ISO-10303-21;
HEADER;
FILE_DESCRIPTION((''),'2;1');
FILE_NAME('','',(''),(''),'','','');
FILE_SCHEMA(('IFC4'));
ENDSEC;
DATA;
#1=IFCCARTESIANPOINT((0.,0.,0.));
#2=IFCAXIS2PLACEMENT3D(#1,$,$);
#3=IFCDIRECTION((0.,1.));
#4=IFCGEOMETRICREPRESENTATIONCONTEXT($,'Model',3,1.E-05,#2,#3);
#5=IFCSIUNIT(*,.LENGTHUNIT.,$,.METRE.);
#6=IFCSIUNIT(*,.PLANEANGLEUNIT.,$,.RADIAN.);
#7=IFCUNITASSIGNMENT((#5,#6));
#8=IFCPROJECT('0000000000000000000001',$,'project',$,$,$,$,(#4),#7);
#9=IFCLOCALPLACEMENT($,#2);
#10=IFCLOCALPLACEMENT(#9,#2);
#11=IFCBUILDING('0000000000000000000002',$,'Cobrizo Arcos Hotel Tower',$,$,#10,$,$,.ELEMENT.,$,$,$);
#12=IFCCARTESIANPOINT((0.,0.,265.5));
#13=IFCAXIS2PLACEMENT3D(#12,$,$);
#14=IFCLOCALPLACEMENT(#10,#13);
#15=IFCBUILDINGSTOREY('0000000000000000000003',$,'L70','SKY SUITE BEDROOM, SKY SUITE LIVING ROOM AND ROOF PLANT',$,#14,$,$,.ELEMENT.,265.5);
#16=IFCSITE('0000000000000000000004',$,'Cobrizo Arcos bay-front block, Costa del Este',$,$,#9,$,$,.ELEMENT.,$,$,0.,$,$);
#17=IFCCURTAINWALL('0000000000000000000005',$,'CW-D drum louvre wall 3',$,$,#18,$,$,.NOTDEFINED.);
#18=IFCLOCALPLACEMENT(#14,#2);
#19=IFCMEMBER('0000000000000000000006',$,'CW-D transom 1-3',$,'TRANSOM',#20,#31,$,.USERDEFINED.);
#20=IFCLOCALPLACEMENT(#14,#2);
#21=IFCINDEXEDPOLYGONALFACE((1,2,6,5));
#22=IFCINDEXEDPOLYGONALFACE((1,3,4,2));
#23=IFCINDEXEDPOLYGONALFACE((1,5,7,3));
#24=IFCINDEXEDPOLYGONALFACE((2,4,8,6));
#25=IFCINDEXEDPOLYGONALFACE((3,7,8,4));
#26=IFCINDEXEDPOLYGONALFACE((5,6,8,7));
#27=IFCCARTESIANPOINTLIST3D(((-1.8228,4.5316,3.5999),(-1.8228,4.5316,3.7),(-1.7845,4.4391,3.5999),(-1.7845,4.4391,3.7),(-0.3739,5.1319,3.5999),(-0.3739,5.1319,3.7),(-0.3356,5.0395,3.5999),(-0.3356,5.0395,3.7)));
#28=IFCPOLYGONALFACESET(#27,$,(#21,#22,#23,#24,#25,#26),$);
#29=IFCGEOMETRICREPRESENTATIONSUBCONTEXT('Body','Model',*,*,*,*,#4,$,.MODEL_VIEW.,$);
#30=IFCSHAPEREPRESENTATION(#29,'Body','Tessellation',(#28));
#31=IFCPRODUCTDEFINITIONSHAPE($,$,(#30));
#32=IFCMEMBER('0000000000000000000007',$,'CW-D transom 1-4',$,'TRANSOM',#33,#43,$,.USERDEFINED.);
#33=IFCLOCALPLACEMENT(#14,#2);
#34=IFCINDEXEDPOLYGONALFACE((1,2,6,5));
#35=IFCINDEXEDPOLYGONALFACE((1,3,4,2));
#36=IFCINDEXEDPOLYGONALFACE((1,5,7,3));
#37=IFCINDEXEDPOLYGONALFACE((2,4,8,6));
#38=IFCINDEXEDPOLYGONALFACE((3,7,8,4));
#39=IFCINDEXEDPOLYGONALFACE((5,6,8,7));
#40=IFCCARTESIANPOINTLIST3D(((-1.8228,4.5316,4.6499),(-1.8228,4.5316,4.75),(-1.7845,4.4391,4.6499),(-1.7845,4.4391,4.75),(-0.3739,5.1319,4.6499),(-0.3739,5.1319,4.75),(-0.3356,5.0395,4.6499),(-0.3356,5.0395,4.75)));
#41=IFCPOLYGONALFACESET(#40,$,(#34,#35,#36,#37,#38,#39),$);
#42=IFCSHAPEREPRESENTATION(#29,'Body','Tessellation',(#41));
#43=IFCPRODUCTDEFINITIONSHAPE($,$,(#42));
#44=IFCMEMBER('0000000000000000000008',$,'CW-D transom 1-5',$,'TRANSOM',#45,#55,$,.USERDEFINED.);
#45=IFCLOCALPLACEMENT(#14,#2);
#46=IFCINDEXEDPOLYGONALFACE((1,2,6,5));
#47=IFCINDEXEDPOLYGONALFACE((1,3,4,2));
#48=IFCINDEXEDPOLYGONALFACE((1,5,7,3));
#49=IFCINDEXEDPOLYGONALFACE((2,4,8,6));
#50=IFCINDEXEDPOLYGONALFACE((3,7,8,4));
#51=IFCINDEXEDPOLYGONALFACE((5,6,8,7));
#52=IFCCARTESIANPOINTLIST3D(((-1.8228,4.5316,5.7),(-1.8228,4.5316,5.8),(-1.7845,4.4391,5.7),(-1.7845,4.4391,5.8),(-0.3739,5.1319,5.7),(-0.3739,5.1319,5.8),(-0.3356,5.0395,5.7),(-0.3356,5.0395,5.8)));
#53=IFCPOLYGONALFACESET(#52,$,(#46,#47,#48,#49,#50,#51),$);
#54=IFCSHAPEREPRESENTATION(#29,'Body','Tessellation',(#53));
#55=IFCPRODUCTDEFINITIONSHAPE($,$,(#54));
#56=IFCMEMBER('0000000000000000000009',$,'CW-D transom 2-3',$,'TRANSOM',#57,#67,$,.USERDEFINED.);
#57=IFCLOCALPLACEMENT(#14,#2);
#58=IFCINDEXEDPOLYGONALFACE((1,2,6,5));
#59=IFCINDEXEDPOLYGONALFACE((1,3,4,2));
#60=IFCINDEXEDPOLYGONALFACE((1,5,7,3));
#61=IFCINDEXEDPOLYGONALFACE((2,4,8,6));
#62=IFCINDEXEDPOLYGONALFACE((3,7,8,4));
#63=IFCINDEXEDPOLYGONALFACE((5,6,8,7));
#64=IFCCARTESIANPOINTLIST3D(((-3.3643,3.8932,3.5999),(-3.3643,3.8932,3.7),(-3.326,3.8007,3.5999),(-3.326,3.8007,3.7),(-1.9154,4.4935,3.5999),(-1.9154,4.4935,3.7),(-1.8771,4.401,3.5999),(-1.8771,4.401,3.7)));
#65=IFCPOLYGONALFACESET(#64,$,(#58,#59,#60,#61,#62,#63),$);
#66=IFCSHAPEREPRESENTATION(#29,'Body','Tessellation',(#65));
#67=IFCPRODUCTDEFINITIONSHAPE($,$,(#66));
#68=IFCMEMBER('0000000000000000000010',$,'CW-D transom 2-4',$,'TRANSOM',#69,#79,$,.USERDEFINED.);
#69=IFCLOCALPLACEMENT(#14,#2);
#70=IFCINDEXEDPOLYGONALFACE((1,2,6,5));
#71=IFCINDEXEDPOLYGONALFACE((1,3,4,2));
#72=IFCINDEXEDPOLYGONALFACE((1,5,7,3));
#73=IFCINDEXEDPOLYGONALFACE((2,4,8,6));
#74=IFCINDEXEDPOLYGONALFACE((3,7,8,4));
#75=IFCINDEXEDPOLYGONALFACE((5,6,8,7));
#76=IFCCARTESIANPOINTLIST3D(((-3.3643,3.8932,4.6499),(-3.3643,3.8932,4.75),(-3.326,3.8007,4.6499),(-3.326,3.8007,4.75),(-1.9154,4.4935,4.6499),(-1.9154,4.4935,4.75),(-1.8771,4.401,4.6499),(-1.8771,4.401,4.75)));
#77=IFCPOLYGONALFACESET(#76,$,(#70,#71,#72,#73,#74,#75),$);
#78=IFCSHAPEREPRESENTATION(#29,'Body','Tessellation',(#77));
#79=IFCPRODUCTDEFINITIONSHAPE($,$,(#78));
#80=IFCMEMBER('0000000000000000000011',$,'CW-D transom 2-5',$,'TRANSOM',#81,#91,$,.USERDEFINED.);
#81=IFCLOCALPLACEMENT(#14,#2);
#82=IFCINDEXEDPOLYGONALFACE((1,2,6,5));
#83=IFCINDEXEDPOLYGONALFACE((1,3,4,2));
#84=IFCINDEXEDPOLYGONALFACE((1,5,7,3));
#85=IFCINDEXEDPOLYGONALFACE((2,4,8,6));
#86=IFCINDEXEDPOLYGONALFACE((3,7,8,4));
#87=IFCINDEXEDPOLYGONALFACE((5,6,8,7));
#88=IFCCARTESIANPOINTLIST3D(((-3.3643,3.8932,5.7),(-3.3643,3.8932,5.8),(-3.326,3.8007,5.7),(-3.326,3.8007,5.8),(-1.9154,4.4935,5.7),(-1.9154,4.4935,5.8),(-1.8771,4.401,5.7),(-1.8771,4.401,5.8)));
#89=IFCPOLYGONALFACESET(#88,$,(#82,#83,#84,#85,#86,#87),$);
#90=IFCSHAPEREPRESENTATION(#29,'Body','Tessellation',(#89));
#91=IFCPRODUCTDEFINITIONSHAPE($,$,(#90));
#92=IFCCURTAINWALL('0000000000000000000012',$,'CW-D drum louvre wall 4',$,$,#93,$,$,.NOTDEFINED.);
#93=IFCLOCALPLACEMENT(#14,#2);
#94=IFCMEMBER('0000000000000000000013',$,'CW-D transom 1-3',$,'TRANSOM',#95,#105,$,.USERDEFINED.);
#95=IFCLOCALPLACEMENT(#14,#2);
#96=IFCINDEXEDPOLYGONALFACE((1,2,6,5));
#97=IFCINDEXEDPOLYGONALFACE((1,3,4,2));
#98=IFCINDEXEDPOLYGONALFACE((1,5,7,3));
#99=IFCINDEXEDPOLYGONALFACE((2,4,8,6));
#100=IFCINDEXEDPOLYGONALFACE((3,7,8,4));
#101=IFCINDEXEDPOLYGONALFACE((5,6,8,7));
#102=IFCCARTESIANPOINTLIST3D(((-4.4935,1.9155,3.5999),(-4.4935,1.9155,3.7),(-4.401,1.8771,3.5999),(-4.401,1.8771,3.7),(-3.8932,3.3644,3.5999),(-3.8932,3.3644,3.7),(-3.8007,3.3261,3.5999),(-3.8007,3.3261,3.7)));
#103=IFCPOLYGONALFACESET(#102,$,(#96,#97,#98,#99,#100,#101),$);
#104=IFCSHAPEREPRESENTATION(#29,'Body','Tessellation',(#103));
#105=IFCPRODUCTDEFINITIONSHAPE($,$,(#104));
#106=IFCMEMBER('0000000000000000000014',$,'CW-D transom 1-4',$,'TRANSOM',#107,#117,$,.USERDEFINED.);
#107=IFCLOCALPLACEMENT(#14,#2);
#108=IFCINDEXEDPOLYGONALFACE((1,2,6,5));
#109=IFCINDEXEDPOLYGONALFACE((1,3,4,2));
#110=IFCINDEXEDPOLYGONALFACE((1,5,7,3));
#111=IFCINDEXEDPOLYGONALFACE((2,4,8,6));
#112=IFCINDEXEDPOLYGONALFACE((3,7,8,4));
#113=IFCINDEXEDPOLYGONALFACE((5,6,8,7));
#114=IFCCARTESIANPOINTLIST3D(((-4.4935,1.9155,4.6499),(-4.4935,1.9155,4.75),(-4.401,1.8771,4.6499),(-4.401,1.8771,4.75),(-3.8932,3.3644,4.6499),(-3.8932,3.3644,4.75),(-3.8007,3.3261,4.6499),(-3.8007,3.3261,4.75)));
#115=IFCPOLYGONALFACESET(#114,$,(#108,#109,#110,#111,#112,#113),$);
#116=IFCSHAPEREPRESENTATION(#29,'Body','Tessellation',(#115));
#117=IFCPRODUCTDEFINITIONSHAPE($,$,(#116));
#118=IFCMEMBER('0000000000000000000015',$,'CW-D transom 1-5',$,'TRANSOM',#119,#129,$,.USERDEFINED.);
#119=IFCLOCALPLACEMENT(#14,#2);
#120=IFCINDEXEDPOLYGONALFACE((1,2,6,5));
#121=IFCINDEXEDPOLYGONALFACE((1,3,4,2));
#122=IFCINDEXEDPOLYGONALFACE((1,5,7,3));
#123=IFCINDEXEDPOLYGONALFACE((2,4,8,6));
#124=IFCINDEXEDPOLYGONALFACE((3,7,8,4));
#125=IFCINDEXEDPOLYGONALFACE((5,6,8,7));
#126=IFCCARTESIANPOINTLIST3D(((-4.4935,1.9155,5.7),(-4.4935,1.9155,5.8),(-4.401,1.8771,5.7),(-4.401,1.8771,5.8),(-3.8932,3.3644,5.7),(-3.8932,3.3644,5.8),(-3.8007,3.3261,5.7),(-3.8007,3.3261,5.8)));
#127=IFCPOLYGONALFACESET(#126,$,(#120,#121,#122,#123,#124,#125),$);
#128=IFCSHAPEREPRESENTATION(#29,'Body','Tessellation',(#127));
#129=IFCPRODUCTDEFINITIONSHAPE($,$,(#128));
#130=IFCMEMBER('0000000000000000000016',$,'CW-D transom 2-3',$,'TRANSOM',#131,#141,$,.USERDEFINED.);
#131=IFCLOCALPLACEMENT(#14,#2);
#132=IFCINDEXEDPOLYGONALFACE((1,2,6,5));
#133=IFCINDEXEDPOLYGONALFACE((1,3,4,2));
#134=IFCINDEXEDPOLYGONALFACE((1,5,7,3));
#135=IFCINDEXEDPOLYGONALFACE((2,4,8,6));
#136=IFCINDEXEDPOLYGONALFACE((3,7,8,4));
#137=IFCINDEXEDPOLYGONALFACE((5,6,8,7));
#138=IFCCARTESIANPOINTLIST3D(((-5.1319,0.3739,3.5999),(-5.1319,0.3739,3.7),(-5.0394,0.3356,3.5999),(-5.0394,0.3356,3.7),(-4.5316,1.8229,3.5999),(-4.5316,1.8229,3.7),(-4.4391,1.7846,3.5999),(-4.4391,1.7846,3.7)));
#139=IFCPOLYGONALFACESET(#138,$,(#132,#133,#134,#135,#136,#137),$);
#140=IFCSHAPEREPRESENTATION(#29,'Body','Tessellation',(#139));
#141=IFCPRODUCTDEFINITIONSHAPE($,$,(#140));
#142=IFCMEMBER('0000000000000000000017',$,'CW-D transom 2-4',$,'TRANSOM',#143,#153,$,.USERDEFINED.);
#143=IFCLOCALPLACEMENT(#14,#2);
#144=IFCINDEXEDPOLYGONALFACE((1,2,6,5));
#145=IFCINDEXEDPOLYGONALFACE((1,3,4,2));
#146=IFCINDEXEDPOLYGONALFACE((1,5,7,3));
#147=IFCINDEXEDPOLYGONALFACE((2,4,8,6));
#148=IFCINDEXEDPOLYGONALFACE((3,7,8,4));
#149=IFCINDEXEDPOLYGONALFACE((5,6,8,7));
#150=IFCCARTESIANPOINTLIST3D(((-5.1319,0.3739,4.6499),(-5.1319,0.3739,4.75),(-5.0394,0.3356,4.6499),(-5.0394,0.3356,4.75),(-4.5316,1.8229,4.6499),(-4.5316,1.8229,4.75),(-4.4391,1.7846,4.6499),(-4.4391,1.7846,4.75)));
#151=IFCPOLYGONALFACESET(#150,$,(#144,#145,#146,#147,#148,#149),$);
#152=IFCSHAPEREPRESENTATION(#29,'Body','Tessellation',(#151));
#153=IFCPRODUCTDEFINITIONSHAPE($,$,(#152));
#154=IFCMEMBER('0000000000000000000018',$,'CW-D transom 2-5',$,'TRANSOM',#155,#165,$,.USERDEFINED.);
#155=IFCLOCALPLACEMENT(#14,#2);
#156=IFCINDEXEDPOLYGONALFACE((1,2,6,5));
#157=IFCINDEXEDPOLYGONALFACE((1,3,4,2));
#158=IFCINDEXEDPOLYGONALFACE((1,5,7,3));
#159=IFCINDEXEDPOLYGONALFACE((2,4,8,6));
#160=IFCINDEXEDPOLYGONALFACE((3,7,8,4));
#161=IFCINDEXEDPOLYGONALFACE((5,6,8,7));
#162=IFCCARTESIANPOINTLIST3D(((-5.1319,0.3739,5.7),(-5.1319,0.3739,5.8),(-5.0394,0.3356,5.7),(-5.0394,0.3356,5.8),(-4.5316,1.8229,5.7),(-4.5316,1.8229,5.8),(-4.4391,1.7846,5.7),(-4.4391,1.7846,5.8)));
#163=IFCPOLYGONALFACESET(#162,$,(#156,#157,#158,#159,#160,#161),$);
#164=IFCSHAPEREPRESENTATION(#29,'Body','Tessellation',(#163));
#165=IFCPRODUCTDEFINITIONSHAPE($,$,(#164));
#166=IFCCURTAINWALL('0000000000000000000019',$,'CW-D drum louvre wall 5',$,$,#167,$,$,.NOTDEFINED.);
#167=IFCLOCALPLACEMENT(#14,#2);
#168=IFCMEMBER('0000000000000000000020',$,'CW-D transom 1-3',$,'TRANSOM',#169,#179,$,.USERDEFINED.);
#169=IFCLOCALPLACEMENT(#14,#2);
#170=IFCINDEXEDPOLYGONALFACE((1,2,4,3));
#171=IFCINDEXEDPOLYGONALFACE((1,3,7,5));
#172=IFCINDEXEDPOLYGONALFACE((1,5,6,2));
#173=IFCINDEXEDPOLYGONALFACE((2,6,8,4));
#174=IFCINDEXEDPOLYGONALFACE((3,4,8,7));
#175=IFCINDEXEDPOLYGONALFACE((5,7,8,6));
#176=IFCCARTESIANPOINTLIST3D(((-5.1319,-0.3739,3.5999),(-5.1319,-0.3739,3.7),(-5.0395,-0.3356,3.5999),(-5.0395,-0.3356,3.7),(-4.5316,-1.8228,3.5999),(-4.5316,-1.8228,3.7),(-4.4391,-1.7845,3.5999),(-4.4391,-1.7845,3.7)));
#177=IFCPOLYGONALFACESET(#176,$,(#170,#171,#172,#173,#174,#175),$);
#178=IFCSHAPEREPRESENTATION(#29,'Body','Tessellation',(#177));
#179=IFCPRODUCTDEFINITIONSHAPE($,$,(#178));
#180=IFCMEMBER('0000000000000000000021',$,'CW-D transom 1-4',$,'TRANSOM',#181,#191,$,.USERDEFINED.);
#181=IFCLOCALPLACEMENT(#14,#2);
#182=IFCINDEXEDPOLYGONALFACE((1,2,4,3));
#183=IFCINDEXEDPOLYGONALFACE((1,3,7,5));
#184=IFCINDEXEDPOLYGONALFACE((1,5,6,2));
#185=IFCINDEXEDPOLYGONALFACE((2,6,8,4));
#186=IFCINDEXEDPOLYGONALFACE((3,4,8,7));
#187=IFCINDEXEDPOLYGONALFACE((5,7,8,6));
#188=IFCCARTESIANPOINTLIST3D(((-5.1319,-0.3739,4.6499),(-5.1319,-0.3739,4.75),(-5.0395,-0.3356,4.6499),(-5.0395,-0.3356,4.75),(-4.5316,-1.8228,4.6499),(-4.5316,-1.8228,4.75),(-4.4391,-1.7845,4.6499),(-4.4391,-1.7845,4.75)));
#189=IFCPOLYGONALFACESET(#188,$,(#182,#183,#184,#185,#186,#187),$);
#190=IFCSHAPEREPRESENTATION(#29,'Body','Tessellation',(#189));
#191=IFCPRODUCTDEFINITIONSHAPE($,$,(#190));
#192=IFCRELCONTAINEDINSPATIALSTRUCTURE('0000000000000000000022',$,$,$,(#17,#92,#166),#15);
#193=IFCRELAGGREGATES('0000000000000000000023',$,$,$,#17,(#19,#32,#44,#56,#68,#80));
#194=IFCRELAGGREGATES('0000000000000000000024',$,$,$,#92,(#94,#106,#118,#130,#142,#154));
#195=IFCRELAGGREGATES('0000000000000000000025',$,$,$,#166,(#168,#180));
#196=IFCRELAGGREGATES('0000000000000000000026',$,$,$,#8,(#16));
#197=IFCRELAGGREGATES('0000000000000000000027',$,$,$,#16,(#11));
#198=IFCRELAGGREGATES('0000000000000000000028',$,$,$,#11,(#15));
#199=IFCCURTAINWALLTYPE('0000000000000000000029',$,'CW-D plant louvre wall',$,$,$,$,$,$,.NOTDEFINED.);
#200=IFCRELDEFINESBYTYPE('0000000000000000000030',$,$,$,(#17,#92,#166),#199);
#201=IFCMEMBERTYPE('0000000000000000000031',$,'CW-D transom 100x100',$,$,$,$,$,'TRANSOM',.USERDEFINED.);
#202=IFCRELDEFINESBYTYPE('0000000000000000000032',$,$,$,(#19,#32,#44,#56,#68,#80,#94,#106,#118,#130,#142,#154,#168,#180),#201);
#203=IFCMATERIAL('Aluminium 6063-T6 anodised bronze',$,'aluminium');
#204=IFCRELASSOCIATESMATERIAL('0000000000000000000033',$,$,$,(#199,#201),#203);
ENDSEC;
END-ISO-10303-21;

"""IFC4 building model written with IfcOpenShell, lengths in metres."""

from ifc_helpers import new_model, si_unit, direction, frame, origin, origin_2d, place, context, subcontext, project, spatial, rectangle, extrude, material, material_profile, profile_set, type_object, element, aggregate, save


model = new_model("IFC4")

# Units and contexts
model_context = context("Model", 3, precision=1e-05, world=origin(), true_north=direction((0.0, 1.0)))
body_context = subcontext(model_context, "Body", "Model", "MODEL_VIEW")
ifc_project = project(units=[si_unit("LENGTHUNIT", "METRE"), si_unit("PLANEANGLEUNIT", "RADIAN")], contexts=[model_context])

# Site, building, storey
site_placement = place(None, origin())
site = spatial("IfcSite", under=ifc_project, at=site_placement, Name="Cobrizo Arcos bay-front block, Costa del Este", CompositionType="ELEMENT", RefElevation=0.0)
building_placement = place(site_placement, origin())
building = spatial("IfcBuilding", under=site, at=building_placement, Name="Cobrizo Arcos Hotel Tower", CompositionType="ELEMENT")
storey_placement = place(building_placement, frame((0.0, 0.0, 265.5)))
storey = spatial("IfcBuildingStorey", under=building, at=storey_placement, Name="L70", Description="SKY SUITE BEDROOM, SKY SUITE LIVING ROOM AND ROOF PLANT", CompositionType="ELEMENT", Elevation=265.5)

# Curtain walls, members
ifc_material_1 = material(Name="Aluminium 6063-T6 anodised bronze", Category="aluminium")
curtain_wall_type = type_object("IfcCurtainWallType", Name="CW-D plant louvre wall", PredefinedType="NOTDEFINED", material=ifc_material_1)
curtain_wall_1_placement = place(storey_placement, origin())
curtain_wall_1 = element("IfcCurtainWall", 1, at=curtain_wall_1_placement, inside=storey, type_object=curtain_wall_type, Name="CW-D drum louvre wall 3", PredefinedType="NOTDEFINED")
ifc_material_profile = material_profile(ifc_material_1, rectangle(XDim=0.1001, YDim=0.1001, at=origin_2d()), Name="CW-D transom 100x100")
ifc_profile_set = profile_set([ifc_material_profile], Name="Aluminium 6063-T6 anodised bronze")
member_type = type_object("IfcMemberType", Name="CW-D transom 100x100", ElementType="TRANSOM", PredefinedType="USERDEFINED", material=ifc_profile_set)
member_1_placement = place(storey_placement, frame((-0.3547, 5.0857, 3.6499), z_axis=(-0.923844, -0.382769, 0.0), x_axis=(0.382769, -0.923844, 0.0)))
member_1 = element("IfcMember", 2, at=member_1_placement, type_object=member_type, Name="CW-D transom 1-3", ObjectType="TRANSOM", PredefinedType="USERDEFINED", context=body_context, shape_type="SweptSolid", body=[
    extrude(rectangle(XDim=0.1001, YDim=0.1001, at=origin_2d()), origin(), (0.0, 0.0, 1.0), 1.5684),
])
member_2_placement = place(storey_placement, frame((-0.3547, 5.0857, 4.7), z_axis=(-0.923844, -0.382769, 0.0), x_axis=(0.382769, -0.923844, 0.0)))
member_2 = element("IfcMember", 3, at=member_2_placement, type_object=member_type, Name="CW-D transom 1-4", ObjectType="TRANSOM", PredefinedType="USERDEFINED", context=body_context, shape_type="SweptSolid", body=[
    extrude(rectangle(XDim=0.1001, YDim=0.1001, at=origin_2d()), origin(), (0.0, 0.0, 1.0), 1.5684),
])
member_3_placement = place(storey_placement, frame((-0.3547, 5.0857, 5.75), z_axis=(-0.923844, -0.382769, 0.0), x_axis=(0.382769, -0.923844, 0.0)))
member_3 = element("IfcMember", 4, at=member_3_placement, type_object=member_type, Name="CW-D transom 1-5", ObjectType="TRANSOM", PredefinedType="USERDEFINED", context=body_context, shape_type="SweptSolid", body=[
    extrude(rectangle(XDim=0.1001, YDim=0.1001, at=origin_2d()), origin(), (0.0, 0.0, 1.0), 1.5684),
])
member_4_placement = place(storey_placement, frame((-1.8962, 4.4473, 3.6499), z_axis=(-0.923844, -0.382769, 0.0), x_axis=(0.382769, -0.923844, 0.0)))
member_4 = element("IfcMember", 5, at=member_4_placement, type_object=member_type, Name="CW-D transom 2-3", ObjectType="TRANSOM", PredefinedType="USERDEFINED", context=body_context, shape_type="SweptSolid", body=[
    extrude(rectangle(XDim=0.1001, YDim=0.1001, at=origin_2d()), origin(), (0.0, 0.0, 1.0), 1.5684),
])
member_5_placement = place(storey_placement, frame((-1.8962, 4.4473, 4.7), z_axis=(-0.923844, -0.382769, 0.0), x_axis=(0.382769, -0.923844, 0.0)))
member_5 = element("IfcMember", 6, at=member_5_placement, type_object=member_type, Name="CW-D transom 2-4", ObjectType="TRANSOM", PredefinedType="USERDEFINED", context=body_context, shape_type="SweptSolid", body=[
    extrude(rectangle(XDim=0.1001, YDim=0.1001, at=origin_2d()), origin(), (0.0, 0.0, 1.0), 1.5684),
])
member_6_placement = place(storey_placement, frame((-1.8962, 4.4473, 5.75), z_axis=(-0.923844, -0.382769, 0.0), x_axis=(0.382769, -0.923844, 0.0)))
member_6 = element("IfcMember", 7, at=member_6_placement, type_object=member_type, Name="CW-D transom 2-5", ObjectType="TRANSOM", PredefinedType="USERDEFINED", context=body_context, shape_type="SweptSolid", body=[
    extrude(rectangle(XDim=0.1001, YDim=0.1001, at=origin_2d()), origin(), (0.0, 0.0, 1.0), 1.5684),
])
curtain_wall_2_placement = place(storey_placement, origin())
curtain_wall_2 = element("IfcCurtainWall", 8, at=curtain_wall_2_placement, inside=storey, type_object=curtain_wall_type, Name="CW-D drum louvre wall 4", PredefinedType="NOTDEFINED")
member_7_placement = place(storey_placement, frame((-3.8469, 3.3452, 3.6499), z_axis=(-0.382769, -0.923844, 0.0), x_axis=(0.923844, -0.382769, 0.0)))
member_7 = element("IfcMember", 9, at=member_7_placement, type_object=member_type, Name="CW-D transom 1-3", ObjectType="TRANSOM", PredefinedType="USERDEFINED", context=body_context, shape_type="SweptSolid", body=[
    extrude(rectangle(XDim=0.1001, YDim=0.1001, at=origin_2d()), origin(), (0.0, 0.0, 1.0), 1.5684),
])
member_8_placement = place(storey_placement, frame((-3.8469, 3.3452, 4.7), z_axis=(-0.382769, -0.923844, 0.0), x_axis=(0.923844, -0.382769, 0.0)))
member_8 = element("IfcMember", 10, at=member_8_placement, type_object=member_type, Name="CW-D transom 1-4", ObjectType="TRANSOM", PredefinedType="USERDEFINED", context=body_context, shape_type="SweptSolid", body=[
    extrude(rectangle(XDim=0.1001, YDim=0.1001, at=origin_2d()), origin(), (0.0, 0.0, 1.0), 1.5684),
])
member_9_placement = place(storey_placement, frame((-3.8469, 3.3452, 5.75), z_axis=(-0.382769, -0.923844, 0.0), x_axis=(0.923844, -0.382769, 0.0)))
member_9 = element("IfcMember", 11, at=member_9_placement, type_object=member_type, Name="CW-D transom 1-5", ObjectType="TRANSOM", PredefinedType="USERDEFINED", context=body_context, shape_type="SweptSolid", body=[
    extrude(rectangle(XDim=0.1001, YDim=0.1001, at=origin_2d()), origin(), (0.0, 0.0, 1.0), 1.5684),
])
member_10_placement = place(storey_placement, frame((-4.4854, 1.8037, 3.6499), z_axis=(-0.382769, -0.923844, 0.0), x_axis=(0.923844, -0.382769, 0.0)))
member_10 = element("IfcMember", 12, at=member_10_placement, type_object=member_type, Name="CW-D transom 2-3", ObjectType="TRANSOM", PredefinedType="USERDEFINED", context=body_context, shape_type="SweptSolid", body=[
    extrude(rectangle(XDim=0.1001, YDim=0.1001, at=origin_2d()), origin(), (0.0, 0.0, 1.0), 1.5684),
])
member_11_placement = place(storey_placement, frame((-4.4854, 1.8037, 4.7), z_axis=(-0.382769, -0.923844, 0.0), x_axis=(0.923844, -0.382769, 0.0)))
member_11 = element("IfcMember", 13, at=member_11_placement, type_object=member_type, Name="CW-D transom 2-4", ObjectType="TRANSOM", PredefinedType="USERDEFINED", context=body_context, shape_type="SweptSolid", body=[
    extrude(rectangle(XDim=0.1001, YDim=0.1001, at=origin_2d()), origin(), (0.0, 0.0, 1.0), 1.5684),
])
member_12_placement = place(storey_placement, frame((-4.4854, 1.8037, 5.75), z_axis=(-0.382769, -0.923844, 0.0), x_axis=(0.923844, -0.382769, 0.0)))
member_12 = element("IfcMember", 14, at=member_12_placement, type_object=member_type, Name="CW-D transom 2-5", ObjectType="TRANSOM", PredefinedType="USERDEFINED", context=body_context, shape_type="SweptSolid", body=[
    extrude(rectangle(XDim=0.1001, YDim=0.1001, at=origin_2d()), origin(), (0.0, 0.0, 1.0), 1.5684),
])
curtain_wall_3_placement = place(storey_placement, origin())
curtain_wall_3 = element("IfcCurtainWall", 15, at=curtain_wall_3_placement, inside=storey, type_object=curtain_wall_type, Name="CW-D drum louvre wall 5", PredefinedType="NOTDEFINED")
member_13_placement = place(storey_placement, frame((-5.0857, -0.3547, 3.6499), z_axis=(0.382769, -0.923844, 0.0), x_axis=(0.923844, 0.382769, 0.0)))
member_13 = element("IfcMember", 16, at=member_13_placement, type_object=member_type, Name="CW-D transom 1-3", ObjectType="TRANSOM", PredefinedType="USERDEFINED", context=body_context, shape_type="SweptSolid", body=[
    extrude(rectangle(XDim=0.1001, YDim=0.1001, at=origin_2d()), origin(), (0.0, 0.0, 1.0), 1.5684),
])
member_14_placement = place(storey_placement, frame((-5.0857, -0.3547, 4.7), z_axis=(0.382769, -0.923844, 0.0), x_axis=(0.923844, 0.382769, 0.0)))
member_14 = element("IfcMember", 17, at=member_14_placement, type_object=member_type, Name="CW-D transom 1-4", ObjectType="TRANSOM", PredefinedType="USERDEFINED", context=body_context, shape_type="SweptSolid", body=[
    extrude(rectangle(XDim=0.1001, YDim=0.1001, at=origin_2d()), origin(), (0.0, 0.0, 1.0), 1.5684),
])

aggregate(curtain_wall_1, [member_1, member_2, member_3, member_4, member_5, member_6])
aggregate(curtain_wall_2, [member_7, member_8, member_9, member_10, member_11, member_12])
aggregate(curtain_wall_3, [member_13, member_14])

save(model, "model.ifc")
